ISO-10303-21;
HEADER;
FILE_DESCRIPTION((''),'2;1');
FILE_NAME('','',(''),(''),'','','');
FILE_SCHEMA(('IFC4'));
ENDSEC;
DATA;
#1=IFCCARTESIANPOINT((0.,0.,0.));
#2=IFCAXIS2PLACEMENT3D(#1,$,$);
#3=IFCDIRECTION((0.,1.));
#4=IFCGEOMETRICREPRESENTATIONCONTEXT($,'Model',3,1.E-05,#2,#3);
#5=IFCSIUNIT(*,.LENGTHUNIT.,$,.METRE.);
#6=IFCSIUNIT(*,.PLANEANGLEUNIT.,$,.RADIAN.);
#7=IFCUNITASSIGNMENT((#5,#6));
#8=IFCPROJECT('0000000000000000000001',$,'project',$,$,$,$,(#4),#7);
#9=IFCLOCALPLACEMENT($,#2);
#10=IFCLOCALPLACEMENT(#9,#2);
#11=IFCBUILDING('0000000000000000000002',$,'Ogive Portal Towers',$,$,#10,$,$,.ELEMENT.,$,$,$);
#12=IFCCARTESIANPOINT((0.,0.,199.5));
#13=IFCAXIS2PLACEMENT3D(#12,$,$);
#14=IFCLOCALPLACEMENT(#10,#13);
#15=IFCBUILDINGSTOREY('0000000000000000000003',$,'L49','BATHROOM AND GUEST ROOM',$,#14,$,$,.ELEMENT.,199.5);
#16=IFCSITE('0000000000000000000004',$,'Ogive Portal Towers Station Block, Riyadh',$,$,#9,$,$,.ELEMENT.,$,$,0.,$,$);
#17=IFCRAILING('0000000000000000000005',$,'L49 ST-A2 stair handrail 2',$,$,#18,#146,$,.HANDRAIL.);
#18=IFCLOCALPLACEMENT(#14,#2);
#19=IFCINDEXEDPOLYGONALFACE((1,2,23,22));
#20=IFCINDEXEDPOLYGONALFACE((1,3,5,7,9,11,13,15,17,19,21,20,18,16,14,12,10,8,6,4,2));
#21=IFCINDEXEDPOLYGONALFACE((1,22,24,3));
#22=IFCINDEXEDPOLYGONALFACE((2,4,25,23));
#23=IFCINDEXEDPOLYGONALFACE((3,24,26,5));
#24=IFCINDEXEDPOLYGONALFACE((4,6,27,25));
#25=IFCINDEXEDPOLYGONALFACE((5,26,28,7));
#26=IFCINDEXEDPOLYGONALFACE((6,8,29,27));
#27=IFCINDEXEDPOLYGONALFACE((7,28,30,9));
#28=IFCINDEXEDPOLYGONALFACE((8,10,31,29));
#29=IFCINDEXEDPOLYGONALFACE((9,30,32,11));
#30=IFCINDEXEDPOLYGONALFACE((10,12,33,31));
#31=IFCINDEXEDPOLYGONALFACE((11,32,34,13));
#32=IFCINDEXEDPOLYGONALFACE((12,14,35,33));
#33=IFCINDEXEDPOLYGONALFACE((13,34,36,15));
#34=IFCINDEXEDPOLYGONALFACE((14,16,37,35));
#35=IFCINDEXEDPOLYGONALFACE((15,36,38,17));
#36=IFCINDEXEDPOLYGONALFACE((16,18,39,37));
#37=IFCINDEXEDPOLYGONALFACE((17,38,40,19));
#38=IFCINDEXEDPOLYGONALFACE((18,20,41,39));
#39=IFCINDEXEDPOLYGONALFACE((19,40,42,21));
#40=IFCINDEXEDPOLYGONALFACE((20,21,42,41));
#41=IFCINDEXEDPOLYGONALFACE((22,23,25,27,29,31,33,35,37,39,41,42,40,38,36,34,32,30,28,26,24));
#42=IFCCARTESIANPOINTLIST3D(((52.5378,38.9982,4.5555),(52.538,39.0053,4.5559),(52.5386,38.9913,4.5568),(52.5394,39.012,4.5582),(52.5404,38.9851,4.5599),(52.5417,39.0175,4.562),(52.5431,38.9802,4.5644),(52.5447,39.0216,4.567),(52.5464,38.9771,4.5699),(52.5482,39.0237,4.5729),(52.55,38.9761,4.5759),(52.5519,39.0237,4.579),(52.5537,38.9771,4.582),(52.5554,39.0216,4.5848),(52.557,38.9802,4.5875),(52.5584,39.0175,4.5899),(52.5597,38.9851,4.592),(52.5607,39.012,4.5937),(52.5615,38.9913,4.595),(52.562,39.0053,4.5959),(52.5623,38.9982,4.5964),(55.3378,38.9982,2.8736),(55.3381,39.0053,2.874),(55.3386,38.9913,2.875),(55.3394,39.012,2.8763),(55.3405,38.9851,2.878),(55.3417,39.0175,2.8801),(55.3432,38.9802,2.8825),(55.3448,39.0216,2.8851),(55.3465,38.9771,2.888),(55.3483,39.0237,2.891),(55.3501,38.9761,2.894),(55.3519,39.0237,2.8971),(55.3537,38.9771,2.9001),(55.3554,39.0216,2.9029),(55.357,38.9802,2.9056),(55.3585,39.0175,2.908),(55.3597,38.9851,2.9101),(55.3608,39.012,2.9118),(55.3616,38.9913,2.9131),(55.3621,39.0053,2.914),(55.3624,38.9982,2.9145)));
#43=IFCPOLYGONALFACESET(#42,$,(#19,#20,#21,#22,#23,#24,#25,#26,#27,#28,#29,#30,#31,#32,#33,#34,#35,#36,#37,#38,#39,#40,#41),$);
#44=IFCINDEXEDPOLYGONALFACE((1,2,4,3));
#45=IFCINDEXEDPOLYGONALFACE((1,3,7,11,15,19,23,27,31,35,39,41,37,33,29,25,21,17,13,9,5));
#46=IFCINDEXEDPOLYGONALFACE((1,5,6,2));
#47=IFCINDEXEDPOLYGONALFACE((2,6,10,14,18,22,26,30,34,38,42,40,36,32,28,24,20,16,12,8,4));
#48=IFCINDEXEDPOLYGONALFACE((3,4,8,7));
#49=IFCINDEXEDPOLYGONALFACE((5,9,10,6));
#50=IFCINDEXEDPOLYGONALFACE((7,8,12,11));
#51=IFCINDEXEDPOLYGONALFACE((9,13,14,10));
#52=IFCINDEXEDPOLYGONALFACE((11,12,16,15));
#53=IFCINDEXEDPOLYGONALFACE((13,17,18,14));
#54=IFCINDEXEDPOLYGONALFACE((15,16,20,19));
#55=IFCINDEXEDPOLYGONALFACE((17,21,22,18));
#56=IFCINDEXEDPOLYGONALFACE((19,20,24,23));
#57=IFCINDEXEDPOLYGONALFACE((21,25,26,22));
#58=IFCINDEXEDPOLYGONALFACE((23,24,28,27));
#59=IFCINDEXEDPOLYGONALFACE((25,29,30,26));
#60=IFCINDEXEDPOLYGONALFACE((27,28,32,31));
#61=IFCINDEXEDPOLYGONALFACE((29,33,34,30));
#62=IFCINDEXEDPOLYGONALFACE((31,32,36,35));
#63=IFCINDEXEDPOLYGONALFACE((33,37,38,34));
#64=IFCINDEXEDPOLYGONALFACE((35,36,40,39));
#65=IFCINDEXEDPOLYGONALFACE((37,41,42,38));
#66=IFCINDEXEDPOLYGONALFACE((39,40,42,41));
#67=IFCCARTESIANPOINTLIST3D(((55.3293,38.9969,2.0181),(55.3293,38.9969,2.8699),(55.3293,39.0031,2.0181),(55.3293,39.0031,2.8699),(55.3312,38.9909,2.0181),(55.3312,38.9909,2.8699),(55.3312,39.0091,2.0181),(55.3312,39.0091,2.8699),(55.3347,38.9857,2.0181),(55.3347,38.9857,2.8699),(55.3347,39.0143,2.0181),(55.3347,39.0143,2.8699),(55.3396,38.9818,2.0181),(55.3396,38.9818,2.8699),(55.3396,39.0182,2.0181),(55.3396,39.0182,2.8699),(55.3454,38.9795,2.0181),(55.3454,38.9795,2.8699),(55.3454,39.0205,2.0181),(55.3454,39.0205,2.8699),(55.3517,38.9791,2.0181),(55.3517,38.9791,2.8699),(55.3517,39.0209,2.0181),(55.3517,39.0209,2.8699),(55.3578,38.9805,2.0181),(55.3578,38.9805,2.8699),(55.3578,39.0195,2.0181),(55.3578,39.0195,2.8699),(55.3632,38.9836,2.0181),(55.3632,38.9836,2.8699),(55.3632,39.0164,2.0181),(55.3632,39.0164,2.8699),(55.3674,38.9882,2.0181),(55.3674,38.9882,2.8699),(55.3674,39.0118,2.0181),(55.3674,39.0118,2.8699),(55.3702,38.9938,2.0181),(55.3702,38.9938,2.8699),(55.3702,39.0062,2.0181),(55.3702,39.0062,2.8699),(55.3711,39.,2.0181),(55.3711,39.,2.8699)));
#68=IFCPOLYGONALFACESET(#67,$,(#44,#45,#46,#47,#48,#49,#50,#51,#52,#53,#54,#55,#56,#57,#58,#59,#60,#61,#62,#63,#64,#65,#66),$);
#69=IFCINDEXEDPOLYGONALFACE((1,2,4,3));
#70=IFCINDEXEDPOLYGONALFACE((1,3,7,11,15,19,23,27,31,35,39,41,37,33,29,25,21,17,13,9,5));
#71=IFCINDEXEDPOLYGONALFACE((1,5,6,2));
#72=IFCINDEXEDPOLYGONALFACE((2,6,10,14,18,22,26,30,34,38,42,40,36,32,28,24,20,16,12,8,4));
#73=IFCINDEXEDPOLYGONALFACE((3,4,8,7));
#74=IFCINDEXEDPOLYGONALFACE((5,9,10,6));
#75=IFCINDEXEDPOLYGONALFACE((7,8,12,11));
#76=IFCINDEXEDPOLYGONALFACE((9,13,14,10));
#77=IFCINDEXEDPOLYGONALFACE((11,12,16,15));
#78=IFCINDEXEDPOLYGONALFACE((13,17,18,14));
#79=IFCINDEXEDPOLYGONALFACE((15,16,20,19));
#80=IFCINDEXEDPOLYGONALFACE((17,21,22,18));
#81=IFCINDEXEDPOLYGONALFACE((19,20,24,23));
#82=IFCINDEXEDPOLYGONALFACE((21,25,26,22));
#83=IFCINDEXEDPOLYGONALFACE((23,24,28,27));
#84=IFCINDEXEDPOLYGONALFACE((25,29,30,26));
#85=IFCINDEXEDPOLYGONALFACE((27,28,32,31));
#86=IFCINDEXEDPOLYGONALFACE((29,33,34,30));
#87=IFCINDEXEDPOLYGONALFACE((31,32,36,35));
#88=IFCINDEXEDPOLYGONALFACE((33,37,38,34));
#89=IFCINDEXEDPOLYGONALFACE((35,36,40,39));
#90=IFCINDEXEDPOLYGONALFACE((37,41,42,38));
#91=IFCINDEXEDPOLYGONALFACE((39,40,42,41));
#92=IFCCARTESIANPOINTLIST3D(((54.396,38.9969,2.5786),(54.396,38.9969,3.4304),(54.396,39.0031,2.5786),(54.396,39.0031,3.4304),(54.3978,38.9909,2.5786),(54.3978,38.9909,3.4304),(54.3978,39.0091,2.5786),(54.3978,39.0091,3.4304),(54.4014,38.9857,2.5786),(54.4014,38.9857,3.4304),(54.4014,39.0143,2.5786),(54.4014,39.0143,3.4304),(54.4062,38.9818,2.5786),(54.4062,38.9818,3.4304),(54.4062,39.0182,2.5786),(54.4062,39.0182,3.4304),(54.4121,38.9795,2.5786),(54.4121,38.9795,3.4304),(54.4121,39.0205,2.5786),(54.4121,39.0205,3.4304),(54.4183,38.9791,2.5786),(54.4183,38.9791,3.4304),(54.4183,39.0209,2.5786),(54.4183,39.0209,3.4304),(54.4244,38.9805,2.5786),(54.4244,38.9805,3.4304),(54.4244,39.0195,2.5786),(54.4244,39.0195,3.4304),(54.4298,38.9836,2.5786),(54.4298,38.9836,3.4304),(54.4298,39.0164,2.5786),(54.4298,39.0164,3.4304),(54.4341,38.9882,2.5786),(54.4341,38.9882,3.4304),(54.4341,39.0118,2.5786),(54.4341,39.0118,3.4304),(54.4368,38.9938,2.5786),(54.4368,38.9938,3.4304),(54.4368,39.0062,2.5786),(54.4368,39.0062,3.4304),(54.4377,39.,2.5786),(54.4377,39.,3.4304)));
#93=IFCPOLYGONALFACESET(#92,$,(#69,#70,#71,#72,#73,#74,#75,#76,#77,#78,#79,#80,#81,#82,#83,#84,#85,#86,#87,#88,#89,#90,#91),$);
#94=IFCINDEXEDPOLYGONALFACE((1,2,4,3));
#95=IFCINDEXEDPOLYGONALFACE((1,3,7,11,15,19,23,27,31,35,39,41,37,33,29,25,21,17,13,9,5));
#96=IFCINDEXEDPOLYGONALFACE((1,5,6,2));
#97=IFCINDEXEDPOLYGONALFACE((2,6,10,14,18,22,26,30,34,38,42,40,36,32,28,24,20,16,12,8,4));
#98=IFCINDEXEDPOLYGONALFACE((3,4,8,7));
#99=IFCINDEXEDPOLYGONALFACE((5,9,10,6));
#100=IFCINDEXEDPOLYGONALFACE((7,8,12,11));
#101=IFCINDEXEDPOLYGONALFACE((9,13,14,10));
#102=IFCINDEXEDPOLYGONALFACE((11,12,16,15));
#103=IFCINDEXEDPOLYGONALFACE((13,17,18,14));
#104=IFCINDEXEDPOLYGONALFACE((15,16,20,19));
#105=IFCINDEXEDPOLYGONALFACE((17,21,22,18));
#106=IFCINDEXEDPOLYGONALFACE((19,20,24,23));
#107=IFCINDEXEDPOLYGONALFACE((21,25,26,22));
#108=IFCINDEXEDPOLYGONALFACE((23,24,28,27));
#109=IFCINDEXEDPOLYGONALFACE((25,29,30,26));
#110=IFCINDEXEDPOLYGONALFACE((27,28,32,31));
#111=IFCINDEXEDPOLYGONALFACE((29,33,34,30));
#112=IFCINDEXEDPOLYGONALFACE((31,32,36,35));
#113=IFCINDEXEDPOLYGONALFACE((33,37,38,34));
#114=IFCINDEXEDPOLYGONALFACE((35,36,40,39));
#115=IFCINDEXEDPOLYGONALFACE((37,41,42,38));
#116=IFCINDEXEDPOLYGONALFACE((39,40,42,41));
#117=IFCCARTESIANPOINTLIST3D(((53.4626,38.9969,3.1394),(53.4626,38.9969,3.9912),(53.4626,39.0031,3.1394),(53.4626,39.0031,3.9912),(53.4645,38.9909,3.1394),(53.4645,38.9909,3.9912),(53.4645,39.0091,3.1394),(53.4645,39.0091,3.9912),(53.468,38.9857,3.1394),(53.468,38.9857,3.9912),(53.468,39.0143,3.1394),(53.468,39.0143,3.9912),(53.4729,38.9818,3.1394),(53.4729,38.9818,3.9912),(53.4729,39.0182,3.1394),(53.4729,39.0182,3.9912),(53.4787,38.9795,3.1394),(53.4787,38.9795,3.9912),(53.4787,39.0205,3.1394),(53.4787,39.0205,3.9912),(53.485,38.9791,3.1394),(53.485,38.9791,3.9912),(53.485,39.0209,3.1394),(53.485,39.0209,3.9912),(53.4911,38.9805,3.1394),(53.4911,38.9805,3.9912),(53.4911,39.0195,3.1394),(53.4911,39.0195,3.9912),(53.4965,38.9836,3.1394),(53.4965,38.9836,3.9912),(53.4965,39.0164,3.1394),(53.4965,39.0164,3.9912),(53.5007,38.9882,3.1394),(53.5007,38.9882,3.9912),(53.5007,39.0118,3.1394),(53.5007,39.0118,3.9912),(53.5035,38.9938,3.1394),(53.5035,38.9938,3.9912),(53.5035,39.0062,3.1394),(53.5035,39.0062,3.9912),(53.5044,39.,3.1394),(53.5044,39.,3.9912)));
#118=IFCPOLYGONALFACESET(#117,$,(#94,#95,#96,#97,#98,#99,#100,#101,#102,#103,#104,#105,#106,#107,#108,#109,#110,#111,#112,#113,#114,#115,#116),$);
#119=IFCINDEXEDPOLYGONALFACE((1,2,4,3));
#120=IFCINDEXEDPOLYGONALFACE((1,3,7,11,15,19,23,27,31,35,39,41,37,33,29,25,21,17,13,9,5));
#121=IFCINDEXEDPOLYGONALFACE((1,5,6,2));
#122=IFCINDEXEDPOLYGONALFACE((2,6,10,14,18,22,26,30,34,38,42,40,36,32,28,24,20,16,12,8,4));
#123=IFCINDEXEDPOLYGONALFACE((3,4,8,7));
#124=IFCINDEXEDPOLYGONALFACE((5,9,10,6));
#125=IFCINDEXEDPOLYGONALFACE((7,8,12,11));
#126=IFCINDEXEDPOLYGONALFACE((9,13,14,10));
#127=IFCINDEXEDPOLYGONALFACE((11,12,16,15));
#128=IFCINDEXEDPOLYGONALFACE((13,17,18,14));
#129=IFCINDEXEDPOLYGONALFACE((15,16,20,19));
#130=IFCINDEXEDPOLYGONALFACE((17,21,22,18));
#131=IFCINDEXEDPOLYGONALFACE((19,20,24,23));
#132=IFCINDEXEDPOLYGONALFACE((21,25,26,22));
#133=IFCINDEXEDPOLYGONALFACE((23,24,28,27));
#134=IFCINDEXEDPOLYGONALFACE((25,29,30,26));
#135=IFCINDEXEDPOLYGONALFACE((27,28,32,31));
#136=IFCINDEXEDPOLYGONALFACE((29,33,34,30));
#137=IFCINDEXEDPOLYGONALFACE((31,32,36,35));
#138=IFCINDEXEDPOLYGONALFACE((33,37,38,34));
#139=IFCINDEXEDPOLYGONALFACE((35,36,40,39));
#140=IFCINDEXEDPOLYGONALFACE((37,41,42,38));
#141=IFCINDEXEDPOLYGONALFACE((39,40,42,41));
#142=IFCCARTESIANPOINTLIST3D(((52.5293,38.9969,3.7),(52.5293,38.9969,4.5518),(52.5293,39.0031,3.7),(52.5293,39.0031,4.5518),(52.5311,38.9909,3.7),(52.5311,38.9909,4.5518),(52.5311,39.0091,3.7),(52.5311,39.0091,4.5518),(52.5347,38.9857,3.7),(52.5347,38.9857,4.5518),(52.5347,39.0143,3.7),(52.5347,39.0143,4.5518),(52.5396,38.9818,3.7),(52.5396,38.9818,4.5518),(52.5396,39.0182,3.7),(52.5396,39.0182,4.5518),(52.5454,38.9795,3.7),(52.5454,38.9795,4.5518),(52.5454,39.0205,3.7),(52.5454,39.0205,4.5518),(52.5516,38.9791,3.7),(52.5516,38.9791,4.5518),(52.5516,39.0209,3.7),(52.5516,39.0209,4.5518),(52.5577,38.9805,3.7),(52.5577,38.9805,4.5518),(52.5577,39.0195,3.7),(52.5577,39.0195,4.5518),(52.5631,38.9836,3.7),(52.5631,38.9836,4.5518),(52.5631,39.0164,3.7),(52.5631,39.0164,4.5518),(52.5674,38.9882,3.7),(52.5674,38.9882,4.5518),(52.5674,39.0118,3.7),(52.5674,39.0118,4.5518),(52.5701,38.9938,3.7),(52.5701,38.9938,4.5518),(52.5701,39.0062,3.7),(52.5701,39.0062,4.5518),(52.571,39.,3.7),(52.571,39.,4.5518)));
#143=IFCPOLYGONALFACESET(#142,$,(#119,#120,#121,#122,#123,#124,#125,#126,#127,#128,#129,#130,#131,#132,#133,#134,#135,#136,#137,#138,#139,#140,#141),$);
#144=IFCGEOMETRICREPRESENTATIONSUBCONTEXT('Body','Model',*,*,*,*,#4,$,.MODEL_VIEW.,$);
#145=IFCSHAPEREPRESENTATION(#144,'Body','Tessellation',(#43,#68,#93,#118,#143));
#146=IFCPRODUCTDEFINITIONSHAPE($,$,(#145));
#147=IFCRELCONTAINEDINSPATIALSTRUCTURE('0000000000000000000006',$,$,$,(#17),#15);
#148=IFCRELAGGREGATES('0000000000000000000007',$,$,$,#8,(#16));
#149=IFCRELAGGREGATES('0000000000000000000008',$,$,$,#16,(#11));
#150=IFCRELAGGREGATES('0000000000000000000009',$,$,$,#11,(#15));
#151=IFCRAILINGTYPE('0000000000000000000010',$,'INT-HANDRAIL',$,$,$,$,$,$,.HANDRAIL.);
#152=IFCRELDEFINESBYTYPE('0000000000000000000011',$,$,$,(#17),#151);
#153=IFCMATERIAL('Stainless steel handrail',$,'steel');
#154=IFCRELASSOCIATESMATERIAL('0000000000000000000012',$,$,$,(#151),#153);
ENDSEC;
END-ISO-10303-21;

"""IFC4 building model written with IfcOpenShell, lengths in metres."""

from ifc_helpers import new_model, si_unit, direction, frame, origin, origin_2d, place, context, subcontext, project, spatial, circle, extrude, material, type_object, element, save


model = new_model("IFC4")

# Units and contexts
model_context = context("Model", 3, precision=1e-05, world=origin(), true_north=direction((0.0, 1.0)))
body_context = subcontext(model_context, "Body", "Model", "MODEL_VIEW")
ifc_project = project(units=[si_unit("LENGTHUNIT", "METRE"), si_unit("PLANEANGLEUNIT", "RADIAN")], contexts=[model_context])

# Site, building, storey
site_placement = place(None, origin())
site = spatial("IfcSite", under=ifc_project, at=site_placement, Name="Ogive Portal Towers Station Block, Riyadh", CompositionType="ELEMENT", RefElevation=0.0)
building_placement = place(site_placement, origin())
building = spatial("IfcBuilding", under=site, at=building_placement, Name="Ogive Portal Towers", CompositionType="ELEMENT")
storey_placement = place(building_placement, frame((0.0, 0.0, 199.5)))
storey = spatial("IfcBuildingStorey", under=building, at=storey_placement, Name="L49", Description="BATHROOM AND GUEST ROOM", CompositionType="ELEMENT", Elevation=199.5)

# Railing
ifc_material_1 = material(Name="Stainless steel handrail", Category="steel")
railing_type_1 = type_object("IfcRailingType", Name="INT-HANDRAIL", PredefinedType="HANDRAIL", material=ifc_material_1)
railing_1_placement = place(storey_placement, frame((55.3501, 39.0, 2.0181)))
element("IfcRailing", 1, at=railing_1_placement, inside=storey, type_object=railing_type_1, Name="L49 ST-A2 stair handrail 2", PredefinedType="HANDRAIL", context=body_context, shape_type="SweptSolid", body=[
    extrude(circle(Radius=0.0239, at=origin_2d()), frame((0.0, 0.0, 0.876), z_axis=(-0.857242, 0.0, 0.514913), x_axis=(0.0, -1.0, 0.0)), (0.0, 0.0, 1.0), 3.2664),
    extrude(circle(Radius=0.021, at=origin_2d()), origin(), (0.0, 0.0, 1.0), 0.8518),
    extrude(circle(Radius=0.021, at=origin_2d()), frame((-0.9333, 0.0, 0.5605)), (0.0, 0.0, 1.0), 0.8518),
    extrude(circle(Radius=0.021, at=origin_2d()), frame((-1.8667, 0.0, 1.1213)), (0.0, 0.0, 1.0), 0.8518),
    extrude(circle(Radius=0.021, at=origin_2d()), frame((-2.8, 0.0, 1.6819)), (0.0, 0.0, 1.0), 0.8518),
])

save(model, "model.ifc")
